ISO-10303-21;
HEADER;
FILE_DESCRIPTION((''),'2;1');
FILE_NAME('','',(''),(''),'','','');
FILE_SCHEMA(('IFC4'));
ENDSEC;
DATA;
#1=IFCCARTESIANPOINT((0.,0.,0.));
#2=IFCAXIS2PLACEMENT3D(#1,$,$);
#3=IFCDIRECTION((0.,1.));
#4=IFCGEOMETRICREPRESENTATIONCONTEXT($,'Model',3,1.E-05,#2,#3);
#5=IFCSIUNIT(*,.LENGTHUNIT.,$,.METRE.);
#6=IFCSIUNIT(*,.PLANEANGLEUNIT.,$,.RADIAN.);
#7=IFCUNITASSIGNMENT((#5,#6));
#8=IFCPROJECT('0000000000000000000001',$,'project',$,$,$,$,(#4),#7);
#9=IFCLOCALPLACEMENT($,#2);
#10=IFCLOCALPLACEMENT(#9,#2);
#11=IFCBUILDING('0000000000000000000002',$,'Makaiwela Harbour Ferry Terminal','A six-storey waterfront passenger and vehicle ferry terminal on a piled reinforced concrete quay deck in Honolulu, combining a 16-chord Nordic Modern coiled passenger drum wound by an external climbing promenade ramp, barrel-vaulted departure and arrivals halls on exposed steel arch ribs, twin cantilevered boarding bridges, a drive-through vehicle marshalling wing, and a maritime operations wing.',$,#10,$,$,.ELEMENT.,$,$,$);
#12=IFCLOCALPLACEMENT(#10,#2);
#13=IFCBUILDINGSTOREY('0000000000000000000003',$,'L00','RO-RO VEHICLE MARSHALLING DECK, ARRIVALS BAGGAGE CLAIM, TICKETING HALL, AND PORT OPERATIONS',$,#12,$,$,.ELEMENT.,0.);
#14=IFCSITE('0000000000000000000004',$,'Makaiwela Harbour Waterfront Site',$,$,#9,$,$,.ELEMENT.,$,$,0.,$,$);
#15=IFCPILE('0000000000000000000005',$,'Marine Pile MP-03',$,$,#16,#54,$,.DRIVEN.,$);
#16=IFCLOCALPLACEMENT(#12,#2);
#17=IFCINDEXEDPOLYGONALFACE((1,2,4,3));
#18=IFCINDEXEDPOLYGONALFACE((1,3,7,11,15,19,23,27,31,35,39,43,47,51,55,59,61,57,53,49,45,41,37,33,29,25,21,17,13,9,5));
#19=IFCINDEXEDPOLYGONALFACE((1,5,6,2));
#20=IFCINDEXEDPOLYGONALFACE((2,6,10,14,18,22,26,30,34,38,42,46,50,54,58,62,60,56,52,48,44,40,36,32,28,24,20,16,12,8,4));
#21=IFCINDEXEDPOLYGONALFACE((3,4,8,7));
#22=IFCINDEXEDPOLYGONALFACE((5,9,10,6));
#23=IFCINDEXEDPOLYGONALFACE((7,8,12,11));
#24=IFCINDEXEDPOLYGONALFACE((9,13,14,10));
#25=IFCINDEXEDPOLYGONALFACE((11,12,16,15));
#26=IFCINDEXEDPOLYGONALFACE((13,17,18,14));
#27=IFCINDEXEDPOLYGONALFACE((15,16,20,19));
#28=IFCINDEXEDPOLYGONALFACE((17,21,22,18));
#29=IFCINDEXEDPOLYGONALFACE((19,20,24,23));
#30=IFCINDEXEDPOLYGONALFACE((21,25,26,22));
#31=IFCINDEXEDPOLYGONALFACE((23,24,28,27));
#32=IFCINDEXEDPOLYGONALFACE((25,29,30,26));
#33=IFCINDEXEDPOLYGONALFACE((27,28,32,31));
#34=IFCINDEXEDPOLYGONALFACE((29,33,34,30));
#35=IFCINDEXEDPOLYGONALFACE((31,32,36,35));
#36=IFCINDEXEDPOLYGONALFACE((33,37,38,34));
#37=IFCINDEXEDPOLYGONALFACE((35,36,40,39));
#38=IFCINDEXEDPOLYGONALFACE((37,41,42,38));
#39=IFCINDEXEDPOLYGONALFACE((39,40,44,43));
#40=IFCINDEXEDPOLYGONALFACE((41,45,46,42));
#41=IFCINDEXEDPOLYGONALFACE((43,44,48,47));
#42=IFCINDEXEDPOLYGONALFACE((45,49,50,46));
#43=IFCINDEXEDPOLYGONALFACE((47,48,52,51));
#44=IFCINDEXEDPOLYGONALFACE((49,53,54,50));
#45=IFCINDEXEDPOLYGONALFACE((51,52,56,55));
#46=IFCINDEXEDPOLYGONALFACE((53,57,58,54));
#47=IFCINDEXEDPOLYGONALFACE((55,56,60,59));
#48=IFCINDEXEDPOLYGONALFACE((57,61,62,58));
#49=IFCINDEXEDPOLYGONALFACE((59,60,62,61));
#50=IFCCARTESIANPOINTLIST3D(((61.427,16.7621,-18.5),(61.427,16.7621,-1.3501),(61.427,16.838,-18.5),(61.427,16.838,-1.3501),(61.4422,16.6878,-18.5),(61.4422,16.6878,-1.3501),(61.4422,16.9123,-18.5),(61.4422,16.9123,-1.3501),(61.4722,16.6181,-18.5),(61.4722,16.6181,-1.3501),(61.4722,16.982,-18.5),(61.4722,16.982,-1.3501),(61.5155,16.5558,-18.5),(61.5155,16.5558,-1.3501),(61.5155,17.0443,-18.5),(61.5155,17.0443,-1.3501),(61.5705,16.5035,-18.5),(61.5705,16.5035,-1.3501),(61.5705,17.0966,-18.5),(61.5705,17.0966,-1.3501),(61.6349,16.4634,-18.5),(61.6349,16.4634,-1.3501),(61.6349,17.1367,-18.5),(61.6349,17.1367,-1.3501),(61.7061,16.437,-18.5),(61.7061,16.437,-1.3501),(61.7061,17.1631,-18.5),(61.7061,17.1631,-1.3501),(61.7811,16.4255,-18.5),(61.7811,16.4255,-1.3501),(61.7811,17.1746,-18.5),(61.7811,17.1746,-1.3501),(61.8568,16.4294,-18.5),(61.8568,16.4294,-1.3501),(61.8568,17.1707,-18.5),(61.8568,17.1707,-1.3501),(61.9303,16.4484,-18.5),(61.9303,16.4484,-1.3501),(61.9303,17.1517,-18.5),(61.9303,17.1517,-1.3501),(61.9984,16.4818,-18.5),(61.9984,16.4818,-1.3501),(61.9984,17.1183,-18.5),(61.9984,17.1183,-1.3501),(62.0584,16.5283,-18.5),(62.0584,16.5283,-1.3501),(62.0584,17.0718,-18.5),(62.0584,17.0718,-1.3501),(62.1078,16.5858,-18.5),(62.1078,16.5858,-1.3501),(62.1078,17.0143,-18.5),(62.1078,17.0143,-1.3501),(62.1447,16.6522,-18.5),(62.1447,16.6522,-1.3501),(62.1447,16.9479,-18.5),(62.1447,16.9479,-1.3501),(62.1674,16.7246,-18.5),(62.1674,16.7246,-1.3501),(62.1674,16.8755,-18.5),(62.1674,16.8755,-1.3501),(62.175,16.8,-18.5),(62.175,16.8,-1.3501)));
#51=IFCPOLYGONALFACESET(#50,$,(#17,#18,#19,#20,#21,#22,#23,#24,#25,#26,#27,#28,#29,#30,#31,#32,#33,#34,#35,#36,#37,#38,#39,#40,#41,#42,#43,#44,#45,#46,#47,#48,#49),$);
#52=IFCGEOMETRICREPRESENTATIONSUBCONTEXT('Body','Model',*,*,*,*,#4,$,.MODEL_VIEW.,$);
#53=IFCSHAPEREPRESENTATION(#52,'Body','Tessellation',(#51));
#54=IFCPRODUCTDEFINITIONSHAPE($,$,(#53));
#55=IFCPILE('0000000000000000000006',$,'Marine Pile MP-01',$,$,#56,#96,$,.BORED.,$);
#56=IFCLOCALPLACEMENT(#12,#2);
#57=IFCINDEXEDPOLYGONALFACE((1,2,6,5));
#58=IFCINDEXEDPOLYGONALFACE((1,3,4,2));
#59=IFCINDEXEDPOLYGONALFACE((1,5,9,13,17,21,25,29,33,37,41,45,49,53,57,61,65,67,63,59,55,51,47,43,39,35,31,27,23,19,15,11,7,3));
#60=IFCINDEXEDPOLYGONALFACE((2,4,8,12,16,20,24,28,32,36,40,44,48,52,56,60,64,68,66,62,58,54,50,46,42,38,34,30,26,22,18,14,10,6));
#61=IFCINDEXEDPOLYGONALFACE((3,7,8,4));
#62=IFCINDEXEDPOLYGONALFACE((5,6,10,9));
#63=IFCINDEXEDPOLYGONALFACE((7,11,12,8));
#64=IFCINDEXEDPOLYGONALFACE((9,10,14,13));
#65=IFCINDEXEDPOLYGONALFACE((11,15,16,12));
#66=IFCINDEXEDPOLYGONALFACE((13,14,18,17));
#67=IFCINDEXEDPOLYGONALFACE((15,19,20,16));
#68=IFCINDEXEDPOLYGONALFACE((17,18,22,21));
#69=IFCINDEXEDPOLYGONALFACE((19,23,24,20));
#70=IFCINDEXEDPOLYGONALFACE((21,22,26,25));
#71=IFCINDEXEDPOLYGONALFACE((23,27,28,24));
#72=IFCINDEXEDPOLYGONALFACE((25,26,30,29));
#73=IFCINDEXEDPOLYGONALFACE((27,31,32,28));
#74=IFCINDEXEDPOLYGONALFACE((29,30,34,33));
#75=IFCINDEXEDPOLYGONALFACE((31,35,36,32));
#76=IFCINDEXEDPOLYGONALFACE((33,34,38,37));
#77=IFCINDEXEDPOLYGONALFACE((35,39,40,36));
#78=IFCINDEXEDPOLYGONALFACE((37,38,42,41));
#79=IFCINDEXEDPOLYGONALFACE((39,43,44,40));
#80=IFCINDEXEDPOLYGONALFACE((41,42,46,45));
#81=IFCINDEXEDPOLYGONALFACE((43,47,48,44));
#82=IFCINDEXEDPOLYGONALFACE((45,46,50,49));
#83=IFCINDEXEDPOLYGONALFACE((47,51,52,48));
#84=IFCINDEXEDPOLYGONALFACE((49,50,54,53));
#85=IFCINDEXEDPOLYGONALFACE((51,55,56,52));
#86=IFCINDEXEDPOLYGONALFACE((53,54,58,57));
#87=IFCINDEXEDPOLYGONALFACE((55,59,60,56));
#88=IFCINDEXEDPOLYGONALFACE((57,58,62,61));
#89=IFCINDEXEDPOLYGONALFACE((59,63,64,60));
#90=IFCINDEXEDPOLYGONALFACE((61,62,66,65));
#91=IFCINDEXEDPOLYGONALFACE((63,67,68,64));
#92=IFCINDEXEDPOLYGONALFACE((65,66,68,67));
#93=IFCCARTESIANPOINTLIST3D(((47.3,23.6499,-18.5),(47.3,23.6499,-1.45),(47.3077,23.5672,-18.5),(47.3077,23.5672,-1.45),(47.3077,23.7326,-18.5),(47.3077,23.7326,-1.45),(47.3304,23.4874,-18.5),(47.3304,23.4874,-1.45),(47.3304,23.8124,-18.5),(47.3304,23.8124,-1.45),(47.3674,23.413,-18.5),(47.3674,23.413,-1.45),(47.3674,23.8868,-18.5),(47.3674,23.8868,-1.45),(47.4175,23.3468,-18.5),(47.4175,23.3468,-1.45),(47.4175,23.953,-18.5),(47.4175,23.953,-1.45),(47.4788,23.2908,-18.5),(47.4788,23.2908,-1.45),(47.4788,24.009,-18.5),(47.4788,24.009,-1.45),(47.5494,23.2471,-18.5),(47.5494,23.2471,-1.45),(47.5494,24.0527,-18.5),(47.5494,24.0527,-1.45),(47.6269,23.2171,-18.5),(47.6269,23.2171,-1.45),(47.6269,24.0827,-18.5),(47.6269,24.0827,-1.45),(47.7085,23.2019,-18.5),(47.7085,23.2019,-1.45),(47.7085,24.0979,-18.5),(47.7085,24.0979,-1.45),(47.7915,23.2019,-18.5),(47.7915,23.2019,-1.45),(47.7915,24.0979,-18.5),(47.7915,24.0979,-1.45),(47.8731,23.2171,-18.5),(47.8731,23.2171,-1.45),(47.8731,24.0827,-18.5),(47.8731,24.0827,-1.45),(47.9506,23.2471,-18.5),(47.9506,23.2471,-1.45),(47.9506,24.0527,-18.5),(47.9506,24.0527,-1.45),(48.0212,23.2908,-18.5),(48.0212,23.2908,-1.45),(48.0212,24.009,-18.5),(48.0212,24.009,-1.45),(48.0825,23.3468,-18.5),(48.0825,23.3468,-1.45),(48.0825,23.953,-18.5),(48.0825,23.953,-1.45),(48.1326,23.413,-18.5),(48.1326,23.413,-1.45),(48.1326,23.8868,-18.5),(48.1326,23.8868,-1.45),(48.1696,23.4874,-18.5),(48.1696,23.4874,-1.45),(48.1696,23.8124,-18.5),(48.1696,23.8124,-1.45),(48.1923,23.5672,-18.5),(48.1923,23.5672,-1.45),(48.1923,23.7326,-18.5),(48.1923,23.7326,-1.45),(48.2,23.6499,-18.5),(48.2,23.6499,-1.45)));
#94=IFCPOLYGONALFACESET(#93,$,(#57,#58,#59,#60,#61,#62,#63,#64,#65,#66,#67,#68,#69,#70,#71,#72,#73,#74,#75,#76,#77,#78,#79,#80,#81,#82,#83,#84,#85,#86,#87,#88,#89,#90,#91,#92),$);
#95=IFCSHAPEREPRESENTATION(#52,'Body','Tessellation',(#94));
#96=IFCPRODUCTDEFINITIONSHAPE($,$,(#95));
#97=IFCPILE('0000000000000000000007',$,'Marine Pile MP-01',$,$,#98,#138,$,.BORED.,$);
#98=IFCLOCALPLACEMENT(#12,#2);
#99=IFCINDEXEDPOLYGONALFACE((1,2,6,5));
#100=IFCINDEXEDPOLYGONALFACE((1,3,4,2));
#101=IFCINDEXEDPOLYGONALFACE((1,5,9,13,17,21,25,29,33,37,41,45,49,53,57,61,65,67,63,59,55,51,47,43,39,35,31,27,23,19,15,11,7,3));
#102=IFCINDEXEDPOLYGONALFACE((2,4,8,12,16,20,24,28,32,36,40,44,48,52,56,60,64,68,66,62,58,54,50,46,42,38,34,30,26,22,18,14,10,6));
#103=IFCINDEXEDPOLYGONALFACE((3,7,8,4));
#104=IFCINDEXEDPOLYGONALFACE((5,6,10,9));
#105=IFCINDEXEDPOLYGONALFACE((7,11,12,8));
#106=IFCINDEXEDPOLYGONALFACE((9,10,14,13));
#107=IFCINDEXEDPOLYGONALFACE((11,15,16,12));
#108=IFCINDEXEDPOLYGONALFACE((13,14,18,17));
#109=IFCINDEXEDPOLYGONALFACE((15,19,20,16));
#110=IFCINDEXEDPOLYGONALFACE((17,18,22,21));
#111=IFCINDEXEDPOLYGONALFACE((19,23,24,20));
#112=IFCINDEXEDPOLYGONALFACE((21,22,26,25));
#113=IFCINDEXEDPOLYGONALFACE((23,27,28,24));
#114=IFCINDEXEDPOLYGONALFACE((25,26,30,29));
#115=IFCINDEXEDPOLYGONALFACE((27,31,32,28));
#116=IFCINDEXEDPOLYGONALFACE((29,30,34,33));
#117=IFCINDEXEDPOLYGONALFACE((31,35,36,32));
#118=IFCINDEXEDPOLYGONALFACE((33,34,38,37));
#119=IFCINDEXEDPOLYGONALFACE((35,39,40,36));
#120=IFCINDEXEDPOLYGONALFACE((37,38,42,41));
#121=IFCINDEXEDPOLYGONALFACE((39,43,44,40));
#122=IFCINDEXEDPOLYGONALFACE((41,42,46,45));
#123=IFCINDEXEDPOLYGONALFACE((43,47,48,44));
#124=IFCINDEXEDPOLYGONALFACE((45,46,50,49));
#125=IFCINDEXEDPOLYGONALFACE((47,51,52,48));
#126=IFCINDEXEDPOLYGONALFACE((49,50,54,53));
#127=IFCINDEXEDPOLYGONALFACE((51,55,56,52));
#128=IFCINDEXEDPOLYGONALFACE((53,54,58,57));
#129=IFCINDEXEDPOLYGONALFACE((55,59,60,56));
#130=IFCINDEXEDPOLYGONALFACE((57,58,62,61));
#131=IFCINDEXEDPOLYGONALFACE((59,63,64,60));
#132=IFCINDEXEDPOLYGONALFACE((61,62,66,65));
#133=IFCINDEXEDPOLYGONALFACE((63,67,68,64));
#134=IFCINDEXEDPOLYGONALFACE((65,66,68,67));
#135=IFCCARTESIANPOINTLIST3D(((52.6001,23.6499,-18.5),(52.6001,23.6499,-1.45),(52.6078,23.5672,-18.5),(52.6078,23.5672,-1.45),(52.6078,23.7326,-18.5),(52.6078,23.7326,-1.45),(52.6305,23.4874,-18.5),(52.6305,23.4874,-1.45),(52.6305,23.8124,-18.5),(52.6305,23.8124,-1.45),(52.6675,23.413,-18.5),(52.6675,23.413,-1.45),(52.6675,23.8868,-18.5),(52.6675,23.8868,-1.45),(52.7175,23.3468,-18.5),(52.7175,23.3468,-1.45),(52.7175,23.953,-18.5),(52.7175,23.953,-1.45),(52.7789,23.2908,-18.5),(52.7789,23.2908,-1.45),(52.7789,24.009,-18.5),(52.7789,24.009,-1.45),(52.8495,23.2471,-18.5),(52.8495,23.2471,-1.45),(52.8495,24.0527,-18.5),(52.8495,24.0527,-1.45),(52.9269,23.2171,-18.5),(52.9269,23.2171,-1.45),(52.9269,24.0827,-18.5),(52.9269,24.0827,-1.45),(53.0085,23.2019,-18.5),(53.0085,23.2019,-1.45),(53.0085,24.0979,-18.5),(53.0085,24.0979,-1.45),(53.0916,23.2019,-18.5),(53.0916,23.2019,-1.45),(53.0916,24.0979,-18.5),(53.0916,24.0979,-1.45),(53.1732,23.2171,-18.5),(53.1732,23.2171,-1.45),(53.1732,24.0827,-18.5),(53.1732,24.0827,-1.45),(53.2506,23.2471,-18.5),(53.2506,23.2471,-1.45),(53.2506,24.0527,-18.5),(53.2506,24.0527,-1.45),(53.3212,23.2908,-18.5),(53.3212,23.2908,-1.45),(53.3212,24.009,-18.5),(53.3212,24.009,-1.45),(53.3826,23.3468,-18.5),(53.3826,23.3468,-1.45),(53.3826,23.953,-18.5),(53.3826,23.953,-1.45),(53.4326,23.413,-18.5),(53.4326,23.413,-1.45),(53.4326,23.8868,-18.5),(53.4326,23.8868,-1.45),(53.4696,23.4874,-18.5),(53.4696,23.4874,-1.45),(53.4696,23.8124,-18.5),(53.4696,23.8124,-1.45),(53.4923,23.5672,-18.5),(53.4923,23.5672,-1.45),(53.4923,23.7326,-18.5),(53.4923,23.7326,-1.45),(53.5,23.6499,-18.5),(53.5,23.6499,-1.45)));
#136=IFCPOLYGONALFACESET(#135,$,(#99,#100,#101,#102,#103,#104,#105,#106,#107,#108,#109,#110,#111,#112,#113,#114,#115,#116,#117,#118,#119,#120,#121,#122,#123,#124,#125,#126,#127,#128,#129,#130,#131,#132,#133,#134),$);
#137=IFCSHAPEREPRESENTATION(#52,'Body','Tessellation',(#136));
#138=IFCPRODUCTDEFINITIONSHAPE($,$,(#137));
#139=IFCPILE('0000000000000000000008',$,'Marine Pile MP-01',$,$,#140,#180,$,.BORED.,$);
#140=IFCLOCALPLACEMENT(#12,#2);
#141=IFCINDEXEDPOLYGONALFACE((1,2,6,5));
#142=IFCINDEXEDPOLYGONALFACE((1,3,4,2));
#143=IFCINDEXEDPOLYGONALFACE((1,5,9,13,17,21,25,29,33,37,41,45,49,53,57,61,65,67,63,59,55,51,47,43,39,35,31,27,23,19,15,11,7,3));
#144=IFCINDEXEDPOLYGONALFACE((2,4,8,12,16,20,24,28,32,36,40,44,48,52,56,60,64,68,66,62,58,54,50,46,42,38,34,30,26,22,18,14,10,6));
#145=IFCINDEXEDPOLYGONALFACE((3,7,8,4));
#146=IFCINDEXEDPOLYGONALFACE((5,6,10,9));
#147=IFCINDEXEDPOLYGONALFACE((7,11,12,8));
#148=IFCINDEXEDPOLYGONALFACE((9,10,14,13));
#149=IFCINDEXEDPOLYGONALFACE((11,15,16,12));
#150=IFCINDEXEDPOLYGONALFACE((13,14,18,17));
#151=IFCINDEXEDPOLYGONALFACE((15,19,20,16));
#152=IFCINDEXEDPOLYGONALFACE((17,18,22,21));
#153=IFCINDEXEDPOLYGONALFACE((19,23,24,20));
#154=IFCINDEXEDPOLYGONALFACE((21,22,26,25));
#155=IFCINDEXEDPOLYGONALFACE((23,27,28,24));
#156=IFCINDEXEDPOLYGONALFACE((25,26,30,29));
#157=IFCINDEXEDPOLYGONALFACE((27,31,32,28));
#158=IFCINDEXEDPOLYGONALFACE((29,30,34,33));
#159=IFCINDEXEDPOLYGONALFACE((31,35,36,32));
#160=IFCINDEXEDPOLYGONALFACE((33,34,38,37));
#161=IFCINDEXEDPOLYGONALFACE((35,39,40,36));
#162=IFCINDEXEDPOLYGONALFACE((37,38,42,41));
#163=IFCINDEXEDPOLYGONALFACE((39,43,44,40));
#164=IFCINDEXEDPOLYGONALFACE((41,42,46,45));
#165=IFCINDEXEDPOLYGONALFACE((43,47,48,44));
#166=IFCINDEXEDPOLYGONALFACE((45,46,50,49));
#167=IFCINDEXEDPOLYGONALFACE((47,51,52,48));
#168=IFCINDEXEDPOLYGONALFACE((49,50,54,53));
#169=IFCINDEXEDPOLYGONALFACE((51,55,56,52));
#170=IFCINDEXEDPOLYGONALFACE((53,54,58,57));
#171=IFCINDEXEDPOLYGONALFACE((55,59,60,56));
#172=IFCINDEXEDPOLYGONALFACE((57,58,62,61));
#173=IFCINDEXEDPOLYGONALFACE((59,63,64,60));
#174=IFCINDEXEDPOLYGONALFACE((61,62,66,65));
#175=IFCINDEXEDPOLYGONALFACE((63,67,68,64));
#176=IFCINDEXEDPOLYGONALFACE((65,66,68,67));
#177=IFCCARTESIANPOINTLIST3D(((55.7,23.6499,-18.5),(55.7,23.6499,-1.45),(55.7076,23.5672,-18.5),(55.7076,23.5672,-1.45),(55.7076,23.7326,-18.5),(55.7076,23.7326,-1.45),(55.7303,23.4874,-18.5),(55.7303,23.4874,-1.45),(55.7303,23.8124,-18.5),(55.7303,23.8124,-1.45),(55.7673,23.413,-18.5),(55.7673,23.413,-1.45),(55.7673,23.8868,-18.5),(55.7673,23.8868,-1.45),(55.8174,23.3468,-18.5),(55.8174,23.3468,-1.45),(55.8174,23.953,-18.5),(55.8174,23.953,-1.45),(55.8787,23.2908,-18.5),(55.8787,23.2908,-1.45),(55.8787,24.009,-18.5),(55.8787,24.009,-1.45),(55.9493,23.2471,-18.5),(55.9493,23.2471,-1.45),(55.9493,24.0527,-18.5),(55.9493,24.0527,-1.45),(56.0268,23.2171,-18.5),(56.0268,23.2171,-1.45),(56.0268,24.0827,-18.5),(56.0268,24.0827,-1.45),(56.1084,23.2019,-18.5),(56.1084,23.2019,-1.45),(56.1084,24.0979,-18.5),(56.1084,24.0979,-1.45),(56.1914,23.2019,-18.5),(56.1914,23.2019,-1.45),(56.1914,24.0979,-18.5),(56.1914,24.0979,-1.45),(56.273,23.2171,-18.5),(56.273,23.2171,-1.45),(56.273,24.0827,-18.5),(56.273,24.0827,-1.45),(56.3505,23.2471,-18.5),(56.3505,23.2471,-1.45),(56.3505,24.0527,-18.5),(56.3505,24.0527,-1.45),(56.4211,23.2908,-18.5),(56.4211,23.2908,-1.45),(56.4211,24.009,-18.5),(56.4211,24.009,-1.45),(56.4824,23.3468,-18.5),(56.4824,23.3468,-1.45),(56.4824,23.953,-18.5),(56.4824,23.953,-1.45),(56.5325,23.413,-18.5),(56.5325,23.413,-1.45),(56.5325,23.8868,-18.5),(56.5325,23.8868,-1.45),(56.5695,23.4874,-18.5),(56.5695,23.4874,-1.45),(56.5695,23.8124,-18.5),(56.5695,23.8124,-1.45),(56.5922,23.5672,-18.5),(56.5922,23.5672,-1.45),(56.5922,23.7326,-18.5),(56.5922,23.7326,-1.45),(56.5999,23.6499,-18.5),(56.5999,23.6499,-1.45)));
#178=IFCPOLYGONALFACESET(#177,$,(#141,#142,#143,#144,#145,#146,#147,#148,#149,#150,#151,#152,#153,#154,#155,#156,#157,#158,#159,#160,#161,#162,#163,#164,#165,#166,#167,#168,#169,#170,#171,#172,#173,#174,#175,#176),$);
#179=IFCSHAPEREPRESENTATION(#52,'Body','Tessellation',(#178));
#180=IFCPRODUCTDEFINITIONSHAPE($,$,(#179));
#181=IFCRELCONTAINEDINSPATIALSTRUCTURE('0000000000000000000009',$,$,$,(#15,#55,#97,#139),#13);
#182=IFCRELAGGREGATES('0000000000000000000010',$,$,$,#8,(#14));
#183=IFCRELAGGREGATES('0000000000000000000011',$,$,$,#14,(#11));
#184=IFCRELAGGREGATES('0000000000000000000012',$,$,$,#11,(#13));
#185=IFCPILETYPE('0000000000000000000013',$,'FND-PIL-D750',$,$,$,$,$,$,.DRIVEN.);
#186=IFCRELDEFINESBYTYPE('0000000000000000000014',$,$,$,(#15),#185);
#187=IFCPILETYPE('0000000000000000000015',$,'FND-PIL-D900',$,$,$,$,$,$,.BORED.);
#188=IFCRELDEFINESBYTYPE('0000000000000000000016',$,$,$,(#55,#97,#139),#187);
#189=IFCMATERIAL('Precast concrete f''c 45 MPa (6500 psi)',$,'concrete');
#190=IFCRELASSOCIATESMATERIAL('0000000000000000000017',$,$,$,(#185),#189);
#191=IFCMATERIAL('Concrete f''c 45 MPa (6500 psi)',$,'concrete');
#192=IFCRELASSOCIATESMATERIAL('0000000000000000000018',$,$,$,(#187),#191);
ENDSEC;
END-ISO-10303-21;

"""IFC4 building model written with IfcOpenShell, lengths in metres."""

from ifc_helpers import new_model, si_unit, direction, frame, origin, origin_2d, place, context, subcontext, project, spatial, circle, extrude, material, material_profile, profile_set, type_object, element, save


model = new_model("IFC4")

# Units and contexts
model_context = context("Model", 3, precision=1e-05, world=origin(), true_north=direction((0.0, 1.0)))
body_context = subcontext(model_context, "Body", "Model", "MODEL_VIEW")
ifc_project = project(units=[si_unit("LENGTHUNIT", "METRE"), si_unit("PLANEANGLEUNIT", "RADIAN")], contexts=[model_context])

# Site, building, storey
site_placement = place(None, origin())
site = spatial("IfcSite", under=ifc_project, at=site_placement, Name="Makaiwela Harbour Waterfront Site", CompositionType="ELEMENT", RefElevation=0.0)
building_placement = place(site_placement, origin())
building = spatial("IfcBuilding", under=site, at=building_placement, Name="Makaiwela Harbour Ferry Terminal", Description="A six-storey waterfront passenger and vehicle ferry terminal on a piled reinforced concrete quay deck in Honolulu, combining a 16-chord Nordic Modern coiled passenger drum wound by an external climbing promenade ramp, barrel-vaulted departure and arrivals halls on exposed steel arch ribs, twin cantilevered boarding bridges, a drive-through vehicle marshalling wing, and a maritime operations wing.", CompositionType="ELEMENT")
storey_placement = place(building_placement, origin())
storey = spatial("IfcBuildingStorey", under=building, at=storey_placement, Name="L00", Description="RO-RO VEHICLE MARSHALLING DECK, ARRIVALS BAGGAGE CLAIM, TICKETING HALL, AND PORT OPERATIONS", CompositionType="ELEMENT", Elevation=0.0)

# Piles
ifc_material_1 = material(Name="Precast concrete f'c 45 MPa (6500 psi)", Category="concrete")
ifc_material_profile_1 = material_profile(ifc_material_1, circle(Radius=0.375, at=origin_2d()), Name="PILE-D750")
ifc_profile_set_1 = profile_set([ifc_material_profile_1], Name="Precast concrete f'c 45 MPa (6500 psi)")
pile_type_1 = type_object("IfcPileType", Name="FND-PIL-D750", PredefinedType="DRIVEN", material=ifc_profile_set_1)
pile_placement = place(storey_placement, frame((61.8, 16.8, -1.3501), z_axis=(0.0, 0.0, -1.0), x_axis=(1.0, 0.0, 0.0)))
element("IfcPile", 1, at=pile_placement, inside=storey, type_object=pile_type_1, Name="Marine Pile MP-03", PredefinedType="DRIVEN", context=body_context, shape_type="SweptSolid", body=[
    extrude(circle(Radius=0.375, at=origin_2d()), origin(), (0.0, 0.0, 1.0), 17.1499),
])
ifc_material_2 = material(Name="Concrete f'c 45 MPa (6500 psi)", Category="concrete")
ifc_material_profile_2 = material_profile(ifc_material_2, circle(Radius=0.45, at=origin_2d()), Name="PILE-D900")
ifc_profile_set_2 = profile_set([ifc_material_profile_2], Name="Concrete f'c 45 MPa (6500 psi)")
pile_type_2 = type_object("IfcPileType", Name="FND-PIL-D900", PredefinedType="BORED", material=ifc_profile_set_2)
for number, where, z_axis, x_axis, name in (
    (2, (47.75, 23.6499, -1.45), (0.0, 0.0, -1.0), (1.0, 0.0, 0.0), "Marine Pile MP-01"),
    (3, (53.05, 23.6499, -1.45), (0.0, 0.0, -1.0), (1.0, 0.0, 0.0), "Marine Pile MP-01"),
    (4, (56.1499, 23.6499, -1.45), (0.0, 0.0, -1.0), (1.0, 0.0, 0.0), "Marine Pile MP-01"),
):
    element("IfcPile", number, at=place(storey_placement, frame(where, z_axis=z_axis, x_axis=x_axis)), inside=storey, type_object=pile_type_2, Name=name, PredefinedType="BORED", context=body_context, shape_type="SweptSolid", body=[
        extrude(circle(Radius=0.45, at=origin_2d()), origin(), (0.0, 0.0, 1.0), 17.05),
    ])

save(model, "model.ifc")
